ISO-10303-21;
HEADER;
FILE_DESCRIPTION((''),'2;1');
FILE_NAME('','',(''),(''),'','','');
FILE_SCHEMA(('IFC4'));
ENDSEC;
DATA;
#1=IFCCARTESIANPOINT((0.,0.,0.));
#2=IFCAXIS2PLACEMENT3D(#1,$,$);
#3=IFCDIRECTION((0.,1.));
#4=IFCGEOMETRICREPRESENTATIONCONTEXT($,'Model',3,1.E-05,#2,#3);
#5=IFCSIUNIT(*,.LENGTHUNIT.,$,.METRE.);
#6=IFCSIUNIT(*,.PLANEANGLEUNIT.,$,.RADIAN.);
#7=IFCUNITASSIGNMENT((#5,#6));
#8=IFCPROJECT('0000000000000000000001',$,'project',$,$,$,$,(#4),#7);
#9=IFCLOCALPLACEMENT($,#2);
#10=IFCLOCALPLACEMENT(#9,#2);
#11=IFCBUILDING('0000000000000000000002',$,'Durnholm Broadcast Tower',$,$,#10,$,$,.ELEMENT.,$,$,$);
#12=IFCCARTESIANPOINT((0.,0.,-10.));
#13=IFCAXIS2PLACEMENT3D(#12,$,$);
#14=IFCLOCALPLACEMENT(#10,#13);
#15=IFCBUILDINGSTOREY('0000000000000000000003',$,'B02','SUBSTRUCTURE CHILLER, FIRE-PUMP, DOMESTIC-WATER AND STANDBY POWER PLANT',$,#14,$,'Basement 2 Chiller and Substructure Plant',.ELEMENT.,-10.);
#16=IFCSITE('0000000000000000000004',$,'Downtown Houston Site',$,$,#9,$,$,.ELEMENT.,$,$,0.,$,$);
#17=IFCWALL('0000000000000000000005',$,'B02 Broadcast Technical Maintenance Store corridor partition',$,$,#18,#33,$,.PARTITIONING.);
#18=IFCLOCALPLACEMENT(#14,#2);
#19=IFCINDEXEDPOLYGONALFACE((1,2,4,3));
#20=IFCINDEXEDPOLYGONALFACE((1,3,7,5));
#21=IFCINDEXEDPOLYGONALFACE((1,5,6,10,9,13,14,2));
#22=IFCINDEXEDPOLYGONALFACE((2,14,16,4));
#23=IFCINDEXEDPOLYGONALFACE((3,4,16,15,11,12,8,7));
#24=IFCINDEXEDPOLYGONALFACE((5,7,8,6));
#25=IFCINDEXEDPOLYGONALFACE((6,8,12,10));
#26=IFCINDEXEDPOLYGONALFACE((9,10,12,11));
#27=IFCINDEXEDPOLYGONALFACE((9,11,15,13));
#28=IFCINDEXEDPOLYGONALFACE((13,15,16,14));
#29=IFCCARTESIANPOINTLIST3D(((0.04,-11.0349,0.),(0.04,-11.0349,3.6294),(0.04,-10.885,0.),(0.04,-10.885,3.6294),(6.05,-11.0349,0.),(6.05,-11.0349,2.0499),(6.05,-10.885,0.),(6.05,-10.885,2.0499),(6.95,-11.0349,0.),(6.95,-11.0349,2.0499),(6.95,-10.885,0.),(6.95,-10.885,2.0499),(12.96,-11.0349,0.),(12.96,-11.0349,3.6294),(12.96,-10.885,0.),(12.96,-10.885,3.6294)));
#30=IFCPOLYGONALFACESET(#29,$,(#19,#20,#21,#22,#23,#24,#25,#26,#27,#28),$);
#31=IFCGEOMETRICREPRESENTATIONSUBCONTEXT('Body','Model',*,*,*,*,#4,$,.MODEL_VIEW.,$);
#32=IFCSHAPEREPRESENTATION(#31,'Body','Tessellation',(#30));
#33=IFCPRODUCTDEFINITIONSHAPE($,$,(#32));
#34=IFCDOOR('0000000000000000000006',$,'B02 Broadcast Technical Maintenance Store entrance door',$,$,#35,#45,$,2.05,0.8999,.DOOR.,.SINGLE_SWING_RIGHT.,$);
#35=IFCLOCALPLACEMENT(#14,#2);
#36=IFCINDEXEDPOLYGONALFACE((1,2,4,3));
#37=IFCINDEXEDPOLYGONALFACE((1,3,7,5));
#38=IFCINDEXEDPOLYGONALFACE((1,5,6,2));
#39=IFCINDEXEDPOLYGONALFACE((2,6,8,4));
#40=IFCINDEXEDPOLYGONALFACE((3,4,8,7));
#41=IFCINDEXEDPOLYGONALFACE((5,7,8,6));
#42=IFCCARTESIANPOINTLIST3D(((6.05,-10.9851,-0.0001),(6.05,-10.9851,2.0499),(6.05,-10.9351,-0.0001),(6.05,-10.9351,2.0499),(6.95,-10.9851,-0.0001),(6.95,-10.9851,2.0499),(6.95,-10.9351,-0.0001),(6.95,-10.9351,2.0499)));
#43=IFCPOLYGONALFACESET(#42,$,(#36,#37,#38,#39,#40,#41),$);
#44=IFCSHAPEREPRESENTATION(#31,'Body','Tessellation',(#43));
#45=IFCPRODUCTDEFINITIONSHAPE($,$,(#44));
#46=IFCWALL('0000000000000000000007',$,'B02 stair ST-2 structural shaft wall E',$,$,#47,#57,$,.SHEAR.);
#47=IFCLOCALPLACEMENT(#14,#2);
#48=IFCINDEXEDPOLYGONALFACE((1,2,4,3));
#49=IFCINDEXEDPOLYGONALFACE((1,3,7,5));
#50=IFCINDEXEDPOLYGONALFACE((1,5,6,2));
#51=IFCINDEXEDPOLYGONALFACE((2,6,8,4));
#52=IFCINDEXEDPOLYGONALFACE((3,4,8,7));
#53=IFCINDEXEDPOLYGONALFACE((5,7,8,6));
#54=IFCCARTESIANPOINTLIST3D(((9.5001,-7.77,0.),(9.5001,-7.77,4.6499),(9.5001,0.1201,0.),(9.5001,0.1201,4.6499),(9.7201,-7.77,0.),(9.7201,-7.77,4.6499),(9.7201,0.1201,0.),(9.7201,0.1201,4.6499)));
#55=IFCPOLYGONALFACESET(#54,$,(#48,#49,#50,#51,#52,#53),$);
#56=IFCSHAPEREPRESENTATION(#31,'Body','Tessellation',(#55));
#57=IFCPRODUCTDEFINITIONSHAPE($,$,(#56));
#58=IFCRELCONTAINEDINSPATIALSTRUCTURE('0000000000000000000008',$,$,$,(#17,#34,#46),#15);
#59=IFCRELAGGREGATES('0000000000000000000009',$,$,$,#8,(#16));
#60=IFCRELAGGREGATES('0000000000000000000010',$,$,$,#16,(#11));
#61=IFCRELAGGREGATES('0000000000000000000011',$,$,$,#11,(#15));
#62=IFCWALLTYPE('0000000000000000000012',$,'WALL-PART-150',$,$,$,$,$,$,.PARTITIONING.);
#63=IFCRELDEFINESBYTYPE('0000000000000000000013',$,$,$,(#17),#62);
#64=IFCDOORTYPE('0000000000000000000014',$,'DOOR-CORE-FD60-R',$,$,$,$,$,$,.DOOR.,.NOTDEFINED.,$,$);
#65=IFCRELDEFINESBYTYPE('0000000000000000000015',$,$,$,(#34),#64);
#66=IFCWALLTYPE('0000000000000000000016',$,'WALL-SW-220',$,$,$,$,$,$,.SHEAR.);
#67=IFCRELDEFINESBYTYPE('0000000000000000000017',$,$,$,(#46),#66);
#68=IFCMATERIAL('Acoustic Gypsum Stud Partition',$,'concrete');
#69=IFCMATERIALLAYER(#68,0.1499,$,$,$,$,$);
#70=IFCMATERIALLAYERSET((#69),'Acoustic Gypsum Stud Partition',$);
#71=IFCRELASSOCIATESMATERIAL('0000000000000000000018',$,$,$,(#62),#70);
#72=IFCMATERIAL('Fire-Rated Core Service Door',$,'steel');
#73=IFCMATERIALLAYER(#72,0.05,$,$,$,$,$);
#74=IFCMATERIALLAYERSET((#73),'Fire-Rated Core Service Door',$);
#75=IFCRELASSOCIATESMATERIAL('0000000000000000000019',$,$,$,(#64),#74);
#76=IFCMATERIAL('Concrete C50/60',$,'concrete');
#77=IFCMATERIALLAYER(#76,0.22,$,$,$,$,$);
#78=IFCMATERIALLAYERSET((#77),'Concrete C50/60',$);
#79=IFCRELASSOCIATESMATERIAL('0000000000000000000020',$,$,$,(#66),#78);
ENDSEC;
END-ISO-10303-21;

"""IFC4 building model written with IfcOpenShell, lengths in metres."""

from ifc_helpers import new_model, si_unit, direction, frame, frame_2d, origin, place, context, subcontext, project, spatial, rectangle, extrude, source, transform, mapped, material, layer, layer_set, type_object, type_shapes, element, fill, save


model = new_model("IFC4")

# Units and contexts
model_context = context("Model", 3, precision=1e-05, world=origin(), true_north=direction((0.0, 1.0)))
body_context = subcontext(model_context, "Body", "Model", "MODEL_VIEW")
ifc_project = project(units=[si_unit("LENGTHUNIT", "METRE"), si_unit("PLANEANGLEUNIT", "RADIAN")], contexts=[model_context])

# Site, building, storey
site_placement = place(None, origin())
site = spatial("IfcSite", under=ifc_project, at=site_placement, Name="Downtown Houston Site", CompositionType="ELEMENT", RefElevation=0.0)
building_placement = place(site_placement, origin())
building = spatial("IfcBuilding", under=site, at=building_placement, Name="Durnholm Broadcast Tower", CompositionType="ELEMENT")
storey_placement = place(building_placement, frame((0.0, 0.0, -10.0)))
storey = spatial("IfcBuildingStorey", under=building, at=storey_placement, Name="B02", Description="SUBSTRUCTURE CHILLER, FIRE-PUMP, DOMESTIC-WATER AND STANDBY POWER PLANT", LongName="Basement 2 Chiller and Substructure Plant", CompositionType="ELEMENT", Elevation=-10.0)

# Shared definitions
ifc_material_1 = material(Name="Concrete C50/60", Category="concrete")

# Wall, opening, door
ifc_material_2 = material(Name="Acoustic Gypsum Stud Partition", Category="concrete")
ifc_layer_1 = layer(ifc_material_2, 0.1499)
ifc_layer_set_1 = layer_set([ifc_layer_1], Name="Acoustic Gypsum Stud Partition")
wall_type_1 = type_object("IfcWallType", Name="WALL-PART-150", PredefinedType="PARTITIONING", material=ifc_layer_set_1)
wall_1_placement = place(storey_placement, frame((0.04, -10.96, 0.0), z_axis=(0.0, 0.0, 1.0), x_axis=(1.0, 0.0, 0.0)))
wall_1 = element("IfcWall", 1, at=wall_1_placement, inside=storey, type_object=wall_type_1, Name="B02 Broadcast Technical Maintenance Store corridor partition", PredefinedType="PARTITIONING", context=body_context, shape_type="SweptSolid", body=[
    extrude(rectangle(XDim=12.9199, YDim=0.1499, at=frame_2d((6.46, 0.0))), origin(), (0.0, 0.0, 1.0), 3.6294),
])
opening_placement = place(wall_1_placement, frame((6.01, 0.0, 0.0)))
opening = element("IfcOpeningElement", 2, at=opening_placement, cuts=wall_1, PredefinedType="OPENING", context=body_context, shape_type="SweptSolid", body=[
    extrude(rectangle(XDim=0.8999, YDim=2.05, at=frame_2d((0.45, 1.0249))), frame((0.0, 0.085, 0.0), z_axis=(0.0, -1.0, 0.0), x_axis=(1.0, 0.0, 0.0)), (0.0, 0.0, 1.0), 0.1699),
])
ifc_material_3 = material(Name="Fire-Rated Core Service Door", Category="steel")
ifc_layer_2 = layer(ifc_material_3, 0.05)
ifc_layer_set_2 = layer_set([ifc_layer_2], Name="Fire-Rated Core Service Door")
door_type = type_object("IfcDoorType", Name="DOOR-CORE-FD60-R", OperationType="NOTDEFINED", PredefinedType="DOOR", material=ifc_layer_set_2)
shared_shape_1 = source(origin(), body_context, "Body", "SweptSolid", [
    extrude(rectangle(XDim=0.8999, YDim=2.05, at=frame_2d((0.45, 1.0249))), frame((0.0, 0.0249, 0.0), z_axis=(0.0, -1.0, 0.0), x_axis=(1.0, 0.0, 0.0)), (0.0, 0.0, 1.0), 0.05),
])
type_shapes(door_type, [shared_shape_1])
door_placement = place(opening_placement, origin())
door = element("IfcDoor", 3, at=door_placement, inside=storey, type_object=door_type, Name="B02 Broadcast Technical Maintenance Store entrance door", OperationType="SINGLE_SWING_RIGHT", OverallHeight=2.05, OverallWidth=0.8999, PredefinedType="DOOR", context=body_context, shape_type="MappedRepresentation", body=[
    mapped(shared_shape_1, transform((0.0, 0.0, 0.0), x_axis=(1.0, 0.0, 0.0), y_axis=(0.0, 1.0, 0.0), z_axis=(0.0, 0.0, 1.0), scale=1.0)),
])
fill(opening, door)

# Wall
ifc_layer_3 = layer(ifc_material_1, 0.22)
ifc_layer_set_3 = layer_set([ifc_layer_3], Name="Concrete C50/60")
wall_type_2 = type_object("IfcWallType", Name="WALL-SW-220", PredefinedType="SHEAR", material=ifc_layer_set_3)
wall_2_placement = place(storey_placement, frame((9.6101, -7.77, 0.0), z_axis=(0.0, 0.0, 1.0), x_axis=(0.0, 1.0, 0.0)))
element("IfcWall", 4, at=wall_2_placement, inside=storey, type_object=wall_type_2, Name="B02 stair ST-2 structural shaft wall E", PredefinedType="SHEAR", context=body_context, shape_type="SweptSolid", body=[
    extrude(rectangle(XDim=7.8901, YDim=0.22, at=frame_2d((3.9451, 0.0))), origin(), (0.0, 0.0, 1.0), 4.6499),
])

save(model, "model.ifc")
